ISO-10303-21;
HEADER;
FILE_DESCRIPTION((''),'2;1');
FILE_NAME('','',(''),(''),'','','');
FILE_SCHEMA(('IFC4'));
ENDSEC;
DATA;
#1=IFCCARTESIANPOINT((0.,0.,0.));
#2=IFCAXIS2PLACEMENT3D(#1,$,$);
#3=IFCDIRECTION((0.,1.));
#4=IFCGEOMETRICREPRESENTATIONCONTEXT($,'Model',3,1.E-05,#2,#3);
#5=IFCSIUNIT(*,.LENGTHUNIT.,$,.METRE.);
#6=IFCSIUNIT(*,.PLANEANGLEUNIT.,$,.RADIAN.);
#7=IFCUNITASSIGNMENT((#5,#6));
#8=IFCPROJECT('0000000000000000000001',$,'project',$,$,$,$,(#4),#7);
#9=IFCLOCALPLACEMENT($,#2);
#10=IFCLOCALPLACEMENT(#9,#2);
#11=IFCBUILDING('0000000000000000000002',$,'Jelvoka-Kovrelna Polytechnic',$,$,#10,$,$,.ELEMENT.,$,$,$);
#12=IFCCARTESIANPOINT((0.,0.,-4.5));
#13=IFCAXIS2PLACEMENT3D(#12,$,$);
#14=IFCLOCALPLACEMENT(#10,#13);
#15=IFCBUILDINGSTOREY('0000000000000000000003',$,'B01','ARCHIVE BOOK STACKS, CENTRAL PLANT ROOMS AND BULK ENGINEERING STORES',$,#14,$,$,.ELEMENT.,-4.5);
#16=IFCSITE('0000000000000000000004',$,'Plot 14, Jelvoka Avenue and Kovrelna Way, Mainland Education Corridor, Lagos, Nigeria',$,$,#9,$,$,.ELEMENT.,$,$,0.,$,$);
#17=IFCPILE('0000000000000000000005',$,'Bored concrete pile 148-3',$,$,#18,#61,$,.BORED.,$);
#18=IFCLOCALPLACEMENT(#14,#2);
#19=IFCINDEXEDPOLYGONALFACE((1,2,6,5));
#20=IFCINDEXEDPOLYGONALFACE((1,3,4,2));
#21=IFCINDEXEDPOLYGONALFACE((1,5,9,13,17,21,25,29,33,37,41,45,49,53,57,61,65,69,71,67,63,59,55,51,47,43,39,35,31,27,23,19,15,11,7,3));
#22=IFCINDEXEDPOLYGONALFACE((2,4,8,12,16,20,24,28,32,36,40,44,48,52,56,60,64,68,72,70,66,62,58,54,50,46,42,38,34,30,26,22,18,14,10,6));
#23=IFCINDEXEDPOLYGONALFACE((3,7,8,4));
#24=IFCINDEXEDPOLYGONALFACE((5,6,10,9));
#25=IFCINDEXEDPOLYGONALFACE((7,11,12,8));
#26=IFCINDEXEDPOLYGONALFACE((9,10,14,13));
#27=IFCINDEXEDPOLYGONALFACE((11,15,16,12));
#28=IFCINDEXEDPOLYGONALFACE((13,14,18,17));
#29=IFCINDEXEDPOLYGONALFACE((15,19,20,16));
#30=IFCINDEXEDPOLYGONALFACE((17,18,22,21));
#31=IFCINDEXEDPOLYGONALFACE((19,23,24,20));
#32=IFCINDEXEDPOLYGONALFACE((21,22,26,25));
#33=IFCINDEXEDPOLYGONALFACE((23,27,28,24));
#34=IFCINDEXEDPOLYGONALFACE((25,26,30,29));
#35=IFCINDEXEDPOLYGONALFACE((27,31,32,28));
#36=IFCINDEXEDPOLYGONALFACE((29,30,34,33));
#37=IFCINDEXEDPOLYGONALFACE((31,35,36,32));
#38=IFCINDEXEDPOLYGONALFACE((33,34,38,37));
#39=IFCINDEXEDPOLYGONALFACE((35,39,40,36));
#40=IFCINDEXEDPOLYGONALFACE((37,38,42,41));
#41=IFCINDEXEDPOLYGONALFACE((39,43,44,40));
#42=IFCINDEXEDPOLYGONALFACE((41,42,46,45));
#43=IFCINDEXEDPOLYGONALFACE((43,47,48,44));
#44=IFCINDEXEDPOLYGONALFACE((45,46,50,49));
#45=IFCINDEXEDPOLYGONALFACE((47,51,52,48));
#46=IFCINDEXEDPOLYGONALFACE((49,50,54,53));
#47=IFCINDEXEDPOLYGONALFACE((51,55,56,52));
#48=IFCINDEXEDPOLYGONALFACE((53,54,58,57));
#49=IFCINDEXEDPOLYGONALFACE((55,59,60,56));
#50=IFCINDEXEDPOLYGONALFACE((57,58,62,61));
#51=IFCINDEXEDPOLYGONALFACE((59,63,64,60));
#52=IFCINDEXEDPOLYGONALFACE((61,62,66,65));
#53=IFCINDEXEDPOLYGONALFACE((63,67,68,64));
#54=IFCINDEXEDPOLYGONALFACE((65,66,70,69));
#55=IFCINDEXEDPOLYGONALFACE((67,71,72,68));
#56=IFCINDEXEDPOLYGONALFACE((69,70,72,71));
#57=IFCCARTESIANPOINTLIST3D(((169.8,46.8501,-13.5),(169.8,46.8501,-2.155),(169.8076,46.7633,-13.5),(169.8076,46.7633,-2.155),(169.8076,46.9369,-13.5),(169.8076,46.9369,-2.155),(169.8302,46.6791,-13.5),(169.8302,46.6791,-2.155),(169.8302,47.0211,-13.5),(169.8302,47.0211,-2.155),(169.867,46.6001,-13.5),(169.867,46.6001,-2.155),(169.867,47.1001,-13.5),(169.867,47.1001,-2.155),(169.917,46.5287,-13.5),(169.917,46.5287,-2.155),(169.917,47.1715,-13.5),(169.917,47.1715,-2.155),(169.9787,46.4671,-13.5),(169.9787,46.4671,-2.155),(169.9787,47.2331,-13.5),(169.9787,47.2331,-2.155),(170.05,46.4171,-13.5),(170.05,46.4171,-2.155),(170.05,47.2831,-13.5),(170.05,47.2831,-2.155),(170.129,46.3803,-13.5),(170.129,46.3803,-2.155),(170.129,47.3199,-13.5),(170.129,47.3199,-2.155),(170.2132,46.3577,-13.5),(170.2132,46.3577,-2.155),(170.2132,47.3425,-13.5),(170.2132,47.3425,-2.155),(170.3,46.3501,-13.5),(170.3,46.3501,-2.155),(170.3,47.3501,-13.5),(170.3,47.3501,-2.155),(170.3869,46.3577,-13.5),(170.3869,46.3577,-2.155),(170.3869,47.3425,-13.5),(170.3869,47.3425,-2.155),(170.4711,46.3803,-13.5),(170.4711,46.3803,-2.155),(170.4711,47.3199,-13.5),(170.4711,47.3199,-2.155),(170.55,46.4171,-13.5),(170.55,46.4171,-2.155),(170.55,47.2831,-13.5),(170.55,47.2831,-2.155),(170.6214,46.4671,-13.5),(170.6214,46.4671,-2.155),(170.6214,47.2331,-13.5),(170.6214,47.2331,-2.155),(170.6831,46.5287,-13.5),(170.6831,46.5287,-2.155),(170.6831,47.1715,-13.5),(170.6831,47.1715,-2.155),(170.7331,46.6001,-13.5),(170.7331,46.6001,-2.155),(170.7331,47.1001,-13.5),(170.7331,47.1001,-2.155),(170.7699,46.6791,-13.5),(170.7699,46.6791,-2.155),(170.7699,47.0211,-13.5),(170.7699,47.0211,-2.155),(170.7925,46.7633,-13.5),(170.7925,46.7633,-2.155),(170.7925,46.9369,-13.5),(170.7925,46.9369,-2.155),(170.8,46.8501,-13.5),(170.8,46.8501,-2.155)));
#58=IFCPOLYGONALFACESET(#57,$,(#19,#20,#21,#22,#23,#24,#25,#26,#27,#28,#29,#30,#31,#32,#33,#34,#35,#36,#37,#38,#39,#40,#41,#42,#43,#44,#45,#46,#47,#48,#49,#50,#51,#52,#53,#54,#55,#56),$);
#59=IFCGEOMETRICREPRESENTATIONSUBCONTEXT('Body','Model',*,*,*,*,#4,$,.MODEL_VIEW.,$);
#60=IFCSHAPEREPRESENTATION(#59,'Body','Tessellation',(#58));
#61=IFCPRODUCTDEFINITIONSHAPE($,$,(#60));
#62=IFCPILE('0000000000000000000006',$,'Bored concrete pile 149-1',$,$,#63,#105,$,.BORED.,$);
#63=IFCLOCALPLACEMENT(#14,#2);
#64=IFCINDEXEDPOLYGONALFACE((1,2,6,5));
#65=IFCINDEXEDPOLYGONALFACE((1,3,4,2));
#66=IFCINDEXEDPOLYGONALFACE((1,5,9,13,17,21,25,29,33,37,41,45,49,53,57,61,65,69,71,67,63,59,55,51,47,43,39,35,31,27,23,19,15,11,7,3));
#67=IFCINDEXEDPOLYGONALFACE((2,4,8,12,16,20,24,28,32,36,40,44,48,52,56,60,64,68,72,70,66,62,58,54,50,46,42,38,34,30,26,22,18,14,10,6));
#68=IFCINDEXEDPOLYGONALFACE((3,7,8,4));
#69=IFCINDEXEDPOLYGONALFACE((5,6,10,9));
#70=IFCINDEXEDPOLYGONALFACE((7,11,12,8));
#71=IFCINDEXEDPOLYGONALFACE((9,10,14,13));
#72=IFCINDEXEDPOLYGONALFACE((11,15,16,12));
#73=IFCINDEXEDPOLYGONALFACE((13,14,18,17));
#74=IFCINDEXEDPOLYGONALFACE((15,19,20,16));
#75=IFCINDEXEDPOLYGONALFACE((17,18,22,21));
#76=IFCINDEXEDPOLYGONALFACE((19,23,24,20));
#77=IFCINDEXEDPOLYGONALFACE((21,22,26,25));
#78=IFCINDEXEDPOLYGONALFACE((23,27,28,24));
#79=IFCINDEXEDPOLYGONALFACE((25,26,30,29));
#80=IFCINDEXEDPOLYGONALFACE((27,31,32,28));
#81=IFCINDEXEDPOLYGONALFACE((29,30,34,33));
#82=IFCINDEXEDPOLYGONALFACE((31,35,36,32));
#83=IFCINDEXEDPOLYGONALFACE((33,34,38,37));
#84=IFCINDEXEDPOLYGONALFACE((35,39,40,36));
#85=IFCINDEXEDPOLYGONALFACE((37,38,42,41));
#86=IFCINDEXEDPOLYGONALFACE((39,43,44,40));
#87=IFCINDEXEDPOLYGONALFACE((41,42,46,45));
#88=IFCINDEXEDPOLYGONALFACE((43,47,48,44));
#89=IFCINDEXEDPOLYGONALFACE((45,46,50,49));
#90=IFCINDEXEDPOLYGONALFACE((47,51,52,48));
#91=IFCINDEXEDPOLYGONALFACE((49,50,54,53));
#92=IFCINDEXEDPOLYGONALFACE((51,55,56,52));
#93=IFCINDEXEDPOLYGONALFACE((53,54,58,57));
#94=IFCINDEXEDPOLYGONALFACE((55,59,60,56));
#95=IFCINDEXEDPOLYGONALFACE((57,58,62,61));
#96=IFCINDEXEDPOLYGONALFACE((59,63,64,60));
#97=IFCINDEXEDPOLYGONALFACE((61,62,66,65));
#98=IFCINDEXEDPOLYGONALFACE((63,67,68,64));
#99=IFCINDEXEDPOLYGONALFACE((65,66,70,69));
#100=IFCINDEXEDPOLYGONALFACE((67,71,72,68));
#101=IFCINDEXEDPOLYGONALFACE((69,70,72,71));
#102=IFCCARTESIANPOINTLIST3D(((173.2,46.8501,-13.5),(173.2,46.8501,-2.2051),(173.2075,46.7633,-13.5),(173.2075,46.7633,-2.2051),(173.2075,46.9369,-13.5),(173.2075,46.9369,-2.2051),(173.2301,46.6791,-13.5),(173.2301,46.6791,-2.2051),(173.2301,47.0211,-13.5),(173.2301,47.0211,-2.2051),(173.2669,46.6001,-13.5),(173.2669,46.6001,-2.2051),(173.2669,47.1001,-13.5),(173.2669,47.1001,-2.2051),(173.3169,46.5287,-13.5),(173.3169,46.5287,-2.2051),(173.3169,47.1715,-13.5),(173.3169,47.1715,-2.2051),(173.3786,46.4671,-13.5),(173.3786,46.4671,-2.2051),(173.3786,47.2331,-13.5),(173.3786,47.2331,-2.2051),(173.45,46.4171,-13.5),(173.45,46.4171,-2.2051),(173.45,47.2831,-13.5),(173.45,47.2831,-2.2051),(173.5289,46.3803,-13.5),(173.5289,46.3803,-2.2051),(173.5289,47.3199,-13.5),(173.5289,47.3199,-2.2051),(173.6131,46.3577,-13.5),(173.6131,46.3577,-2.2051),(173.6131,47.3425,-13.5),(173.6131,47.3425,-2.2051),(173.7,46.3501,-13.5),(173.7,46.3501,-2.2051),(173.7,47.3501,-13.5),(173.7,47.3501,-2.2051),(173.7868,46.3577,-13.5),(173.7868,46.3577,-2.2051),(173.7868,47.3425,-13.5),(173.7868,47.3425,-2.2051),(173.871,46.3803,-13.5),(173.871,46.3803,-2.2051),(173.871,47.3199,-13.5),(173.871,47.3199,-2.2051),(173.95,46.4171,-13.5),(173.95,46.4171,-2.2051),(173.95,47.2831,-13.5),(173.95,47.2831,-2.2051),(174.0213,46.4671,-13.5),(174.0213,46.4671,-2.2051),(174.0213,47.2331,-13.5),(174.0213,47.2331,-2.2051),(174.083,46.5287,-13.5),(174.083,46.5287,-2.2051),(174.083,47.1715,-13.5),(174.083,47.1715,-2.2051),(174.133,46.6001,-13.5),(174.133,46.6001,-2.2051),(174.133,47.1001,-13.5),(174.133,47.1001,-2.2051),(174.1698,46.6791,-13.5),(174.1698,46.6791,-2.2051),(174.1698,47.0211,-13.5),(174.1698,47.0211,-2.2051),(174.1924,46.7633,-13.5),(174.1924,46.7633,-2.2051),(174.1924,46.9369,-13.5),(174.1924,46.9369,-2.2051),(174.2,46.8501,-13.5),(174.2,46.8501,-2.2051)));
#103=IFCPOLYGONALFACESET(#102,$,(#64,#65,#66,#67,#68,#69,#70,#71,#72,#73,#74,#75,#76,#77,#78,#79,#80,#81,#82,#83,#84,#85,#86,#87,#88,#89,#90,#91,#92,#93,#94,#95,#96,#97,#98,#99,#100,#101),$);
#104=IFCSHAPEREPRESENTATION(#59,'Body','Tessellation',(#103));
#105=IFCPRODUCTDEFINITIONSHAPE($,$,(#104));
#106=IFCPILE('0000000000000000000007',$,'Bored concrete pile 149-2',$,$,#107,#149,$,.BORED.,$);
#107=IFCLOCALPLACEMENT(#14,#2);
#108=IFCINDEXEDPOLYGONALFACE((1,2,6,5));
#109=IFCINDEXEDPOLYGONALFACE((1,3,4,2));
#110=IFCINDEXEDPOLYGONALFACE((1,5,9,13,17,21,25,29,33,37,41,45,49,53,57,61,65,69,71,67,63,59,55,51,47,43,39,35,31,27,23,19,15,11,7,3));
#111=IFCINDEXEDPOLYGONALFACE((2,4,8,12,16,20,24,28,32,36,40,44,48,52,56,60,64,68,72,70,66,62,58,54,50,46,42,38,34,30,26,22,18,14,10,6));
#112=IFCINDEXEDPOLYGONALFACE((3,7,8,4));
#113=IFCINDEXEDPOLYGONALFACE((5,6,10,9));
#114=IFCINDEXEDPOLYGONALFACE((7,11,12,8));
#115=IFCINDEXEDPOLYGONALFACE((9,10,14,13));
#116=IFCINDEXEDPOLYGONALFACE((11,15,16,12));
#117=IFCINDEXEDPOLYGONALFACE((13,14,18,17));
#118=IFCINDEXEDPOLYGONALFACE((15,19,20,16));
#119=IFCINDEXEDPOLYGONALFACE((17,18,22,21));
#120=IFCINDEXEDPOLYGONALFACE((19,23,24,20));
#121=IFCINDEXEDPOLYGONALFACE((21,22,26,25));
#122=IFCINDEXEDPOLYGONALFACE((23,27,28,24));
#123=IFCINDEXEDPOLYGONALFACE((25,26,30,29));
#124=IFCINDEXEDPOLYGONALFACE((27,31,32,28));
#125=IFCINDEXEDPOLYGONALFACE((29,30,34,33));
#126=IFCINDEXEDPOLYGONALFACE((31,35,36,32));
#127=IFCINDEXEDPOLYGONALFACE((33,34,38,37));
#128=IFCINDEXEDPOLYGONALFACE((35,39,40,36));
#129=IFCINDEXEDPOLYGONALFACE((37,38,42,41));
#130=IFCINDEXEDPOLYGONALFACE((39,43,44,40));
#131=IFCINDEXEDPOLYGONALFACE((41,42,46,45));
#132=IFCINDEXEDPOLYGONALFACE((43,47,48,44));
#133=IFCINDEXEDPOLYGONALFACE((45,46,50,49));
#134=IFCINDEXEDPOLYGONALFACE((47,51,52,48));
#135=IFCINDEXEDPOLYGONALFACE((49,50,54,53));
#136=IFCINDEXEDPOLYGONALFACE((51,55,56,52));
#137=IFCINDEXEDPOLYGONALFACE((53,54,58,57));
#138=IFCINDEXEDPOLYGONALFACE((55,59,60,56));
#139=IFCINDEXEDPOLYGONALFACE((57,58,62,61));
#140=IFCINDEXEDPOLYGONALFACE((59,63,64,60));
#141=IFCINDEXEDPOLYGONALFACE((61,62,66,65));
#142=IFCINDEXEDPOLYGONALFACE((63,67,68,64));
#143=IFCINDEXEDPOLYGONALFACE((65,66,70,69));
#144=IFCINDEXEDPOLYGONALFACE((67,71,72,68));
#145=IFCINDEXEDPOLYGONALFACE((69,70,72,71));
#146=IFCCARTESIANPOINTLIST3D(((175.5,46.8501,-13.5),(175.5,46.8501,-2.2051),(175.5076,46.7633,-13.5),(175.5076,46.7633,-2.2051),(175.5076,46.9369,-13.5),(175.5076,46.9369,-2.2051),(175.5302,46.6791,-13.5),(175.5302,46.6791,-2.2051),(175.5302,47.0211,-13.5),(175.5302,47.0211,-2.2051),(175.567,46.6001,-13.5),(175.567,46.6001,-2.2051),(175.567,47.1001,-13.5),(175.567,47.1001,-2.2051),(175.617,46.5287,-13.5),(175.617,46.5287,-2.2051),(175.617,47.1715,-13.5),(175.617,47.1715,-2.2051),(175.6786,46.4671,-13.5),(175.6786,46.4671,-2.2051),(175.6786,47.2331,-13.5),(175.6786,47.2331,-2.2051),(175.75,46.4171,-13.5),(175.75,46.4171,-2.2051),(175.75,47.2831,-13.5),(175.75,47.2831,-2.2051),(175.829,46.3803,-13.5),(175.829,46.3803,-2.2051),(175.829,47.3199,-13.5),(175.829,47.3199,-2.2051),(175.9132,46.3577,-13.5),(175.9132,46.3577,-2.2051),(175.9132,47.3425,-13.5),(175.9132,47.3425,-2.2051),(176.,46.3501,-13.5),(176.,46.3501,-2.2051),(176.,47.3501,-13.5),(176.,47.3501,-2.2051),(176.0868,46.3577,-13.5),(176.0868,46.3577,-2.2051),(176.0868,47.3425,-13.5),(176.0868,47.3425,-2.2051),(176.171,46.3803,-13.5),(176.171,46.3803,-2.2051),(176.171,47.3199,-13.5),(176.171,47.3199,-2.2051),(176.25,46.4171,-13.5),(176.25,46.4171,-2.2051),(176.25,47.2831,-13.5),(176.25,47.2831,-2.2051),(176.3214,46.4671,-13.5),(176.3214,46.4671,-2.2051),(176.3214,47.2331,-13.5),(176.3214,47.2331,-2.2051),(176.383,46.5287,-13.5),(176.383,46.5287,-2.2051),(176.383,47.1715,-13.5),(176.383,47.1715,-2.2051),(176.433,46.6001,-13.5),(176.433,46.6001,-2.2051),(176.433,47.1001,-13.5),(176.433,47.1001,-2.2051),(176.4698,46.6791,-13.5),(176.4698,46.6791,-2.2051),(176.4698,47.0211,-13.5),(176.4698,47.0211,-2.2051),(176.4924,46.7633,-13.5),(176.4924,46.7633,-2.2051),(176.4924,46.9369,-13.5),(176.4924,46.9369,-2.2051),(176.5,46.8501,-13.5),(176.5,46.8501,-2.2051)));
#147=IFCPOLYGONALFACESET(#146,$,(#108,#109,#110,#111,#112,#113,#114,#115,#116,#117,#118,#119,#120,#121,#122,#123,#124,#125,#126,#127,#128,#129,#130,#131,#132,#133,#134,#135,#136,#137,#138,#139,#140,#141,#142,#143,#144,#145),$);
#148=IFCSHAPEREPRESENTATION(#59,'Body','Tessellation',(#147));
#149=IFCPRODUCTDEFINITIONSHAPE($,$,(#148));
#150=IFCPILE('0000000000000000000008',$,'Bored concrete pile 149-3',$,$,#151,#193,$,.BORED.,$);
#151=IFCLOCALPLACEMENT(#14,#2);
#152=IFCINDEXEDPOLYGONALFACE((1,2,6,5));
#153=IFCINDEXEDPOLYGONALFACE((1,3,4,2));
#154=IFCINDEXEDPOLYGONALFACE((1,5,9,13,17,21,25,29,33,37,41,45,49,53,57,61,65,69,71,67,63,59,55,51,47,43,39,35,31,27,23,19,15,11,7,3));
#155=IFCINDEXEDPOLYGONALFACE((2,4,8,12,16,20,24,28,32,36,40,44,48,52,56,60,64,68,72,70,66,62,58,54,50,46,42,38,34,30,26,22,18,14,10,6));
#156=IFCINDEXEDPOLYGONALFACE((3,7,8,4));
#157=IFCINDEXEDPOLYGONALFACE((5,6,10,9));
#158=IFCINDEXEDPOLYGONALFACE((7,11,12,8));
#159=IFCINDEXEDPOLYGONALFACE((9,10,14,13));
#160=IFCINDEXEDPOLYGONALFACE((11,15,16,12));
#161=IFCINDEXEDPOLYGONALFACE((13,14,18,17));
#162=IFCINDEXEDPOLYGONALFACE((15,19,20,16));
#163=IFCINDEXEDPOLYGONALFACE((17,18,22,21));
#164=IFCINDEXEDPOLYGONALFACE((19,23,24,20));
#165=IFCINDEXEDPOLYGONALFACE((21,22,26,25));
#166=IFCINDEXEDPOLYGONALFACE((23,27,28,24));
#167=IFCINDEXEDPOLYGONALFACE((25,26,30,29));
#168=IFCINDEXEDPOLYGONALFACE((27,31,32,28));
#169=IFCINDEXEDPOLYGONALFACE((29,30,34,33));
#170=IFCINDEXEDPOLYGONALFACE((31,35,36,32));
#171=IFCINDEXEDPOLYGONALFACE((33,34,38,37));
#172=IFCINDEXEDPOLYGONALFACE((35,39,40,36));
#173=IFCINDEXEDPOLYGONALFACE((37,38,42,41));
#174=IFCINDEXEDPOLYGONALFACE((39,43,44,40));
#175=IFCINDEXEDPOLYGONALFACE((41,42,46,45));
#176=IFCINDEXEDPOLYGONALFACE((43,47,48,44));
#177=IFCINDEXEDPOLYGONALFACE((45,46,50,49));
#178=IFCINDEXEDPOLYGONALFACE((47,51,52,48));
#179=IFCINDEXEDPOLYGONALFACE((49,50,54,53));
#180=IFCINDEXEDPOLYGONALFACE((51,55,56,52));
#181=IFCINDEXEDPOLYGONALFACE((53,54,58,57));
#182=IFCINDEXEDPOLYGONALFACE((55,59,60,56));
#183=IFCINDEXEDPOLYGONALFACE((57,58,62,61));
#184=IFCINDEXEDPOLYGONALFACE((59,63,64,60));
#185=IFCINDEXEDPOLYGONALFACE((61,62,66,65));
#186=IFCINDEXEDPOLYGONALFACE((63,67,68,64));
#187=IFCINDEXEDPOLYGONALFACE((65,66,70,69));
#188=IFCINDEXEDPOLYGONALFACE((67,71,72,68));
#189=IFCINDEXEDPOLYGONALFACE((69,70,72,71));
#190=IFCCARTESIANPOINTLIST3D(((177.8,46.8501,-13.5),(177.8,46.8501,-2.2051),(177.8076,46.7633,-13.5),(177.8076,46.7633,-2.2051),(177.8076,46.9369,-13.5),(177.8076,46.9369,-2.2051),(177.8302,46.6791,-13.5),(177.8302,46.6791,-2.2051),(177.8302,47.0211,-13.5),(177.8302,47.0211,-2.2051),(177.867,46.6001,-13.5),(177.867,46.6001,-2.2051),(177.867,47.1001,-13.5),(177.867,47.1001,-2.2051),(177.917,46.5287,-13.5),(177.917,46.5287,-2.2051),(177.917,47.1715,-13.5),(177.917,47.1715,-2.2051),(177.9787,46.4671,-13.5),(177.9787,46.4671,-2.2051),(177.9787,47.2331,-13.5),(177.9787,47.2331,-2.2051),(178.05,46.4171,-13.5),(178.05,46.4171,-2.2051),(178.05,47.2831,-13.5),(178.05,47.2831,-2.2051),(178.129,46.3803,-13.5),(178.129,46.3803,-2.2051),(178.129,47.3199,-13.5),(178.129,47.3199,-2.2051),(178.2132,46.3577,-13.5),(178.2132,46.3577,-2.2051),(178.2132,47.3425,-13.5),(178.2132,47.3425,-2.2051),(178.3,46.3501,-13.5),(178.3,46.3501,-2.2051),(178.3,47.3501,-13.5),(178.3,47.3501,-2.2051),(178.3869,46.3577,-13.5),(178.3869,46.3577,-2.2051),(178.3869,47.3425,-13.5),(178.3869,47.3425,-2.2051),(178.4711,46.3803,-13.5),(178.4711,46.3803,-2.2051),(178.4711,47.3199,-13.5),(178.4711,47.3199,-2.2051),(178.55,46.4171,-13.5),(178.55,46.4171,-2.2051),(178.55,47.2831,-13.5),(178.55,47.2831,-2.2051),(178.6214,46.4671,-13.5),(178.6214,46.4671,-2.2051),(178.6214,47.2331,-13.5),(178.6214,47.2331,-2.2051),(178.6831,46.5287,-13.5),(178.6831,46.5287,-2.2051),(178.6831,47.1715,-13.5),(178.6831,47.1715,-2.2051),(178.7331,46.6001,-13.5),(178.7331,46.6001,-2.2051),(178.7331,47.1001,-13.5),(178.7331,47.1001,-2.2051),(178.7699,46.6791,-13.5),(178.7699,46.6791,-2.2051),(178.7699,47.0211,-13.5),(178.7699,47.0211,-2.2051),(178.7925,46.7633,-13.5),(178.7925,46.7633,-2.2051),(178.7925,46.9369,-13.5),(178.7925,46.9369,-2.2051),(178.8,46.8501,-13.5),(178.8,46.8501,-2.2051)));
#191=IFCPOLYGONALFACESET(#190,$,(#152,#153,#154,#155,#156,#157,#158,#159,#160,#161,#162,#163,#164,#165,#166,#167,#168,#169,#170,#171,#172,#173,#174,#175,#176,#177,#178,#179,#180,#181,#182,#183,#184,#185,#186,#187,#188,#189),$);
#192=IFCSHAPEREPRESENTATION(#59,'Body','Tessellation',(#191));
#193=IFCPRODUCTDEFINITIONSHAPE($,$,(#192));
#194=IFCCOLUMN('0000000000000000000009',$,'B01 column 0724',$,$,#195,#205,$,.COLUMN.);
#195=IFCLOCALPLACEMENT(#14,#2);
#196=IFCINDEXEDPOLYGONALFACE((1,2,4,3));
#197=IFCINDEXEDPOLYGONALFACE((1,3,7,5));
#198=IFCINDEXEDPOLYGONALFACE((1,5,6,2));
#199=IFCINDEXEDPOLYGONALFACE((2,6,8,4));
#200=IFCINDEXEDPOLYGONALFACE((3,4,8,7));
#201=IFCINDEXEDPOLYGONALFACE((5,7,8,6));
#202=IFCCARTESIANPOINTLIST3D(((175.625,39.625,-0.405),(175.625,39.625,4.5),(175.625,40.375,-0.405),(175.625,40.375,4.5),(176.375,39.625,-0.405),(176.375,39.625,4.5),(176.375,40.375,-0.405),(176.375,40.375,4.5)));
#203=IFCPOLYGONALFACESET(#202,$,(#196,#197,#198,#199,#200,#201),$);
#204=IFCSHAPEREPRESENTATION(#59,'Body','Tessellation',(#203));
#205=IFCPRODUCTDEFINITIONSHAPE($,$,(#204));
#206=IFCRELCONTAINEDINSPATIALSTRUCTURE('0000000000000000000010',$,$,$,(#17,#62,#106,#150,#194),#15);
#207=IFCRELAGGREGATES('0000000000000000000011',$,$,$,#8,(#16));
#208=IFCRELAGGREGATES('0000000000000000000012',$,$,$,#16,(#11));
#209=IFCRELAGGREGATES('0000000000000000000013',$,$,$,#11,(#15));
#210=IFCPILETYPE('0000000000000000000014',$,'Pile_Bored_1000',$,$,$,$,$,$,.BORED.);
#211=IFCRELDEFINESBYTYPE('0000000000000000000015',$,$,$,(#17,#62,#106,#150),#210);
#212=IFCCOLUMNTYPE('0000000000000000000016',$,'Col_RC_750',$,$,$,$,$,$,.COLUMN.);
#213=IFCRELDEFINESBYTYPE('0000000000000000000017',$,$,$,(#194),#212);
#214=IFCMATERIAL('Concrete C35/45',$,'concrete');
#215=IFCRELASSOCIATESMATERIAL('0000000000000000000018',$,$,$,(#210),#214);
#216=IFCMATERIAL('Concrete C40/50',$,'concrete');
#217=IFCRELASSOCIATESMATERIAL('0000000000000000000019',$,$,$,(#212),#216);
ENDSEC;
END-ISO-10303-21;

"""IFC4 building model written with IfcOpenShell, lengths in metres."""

from ifc_helpers import new_model, si_unit, direction, frame, origin, origin_2d, place, context, subcontext, project, spatial, rectangle, circle, extrude, material, material_profile, profile_set, type_object, element, save


model = new_model("IFC4")

# Units and contexts
model_context = context("Model", 3, precision=1e-05, world=origin(), true_north=direction((0.0, 1.0)))
body_context = subcontext(model_context, "Body", "Model", "MODEL_VIEW")
ifc_project = project(units=[si_unit("LENGTHUNIT", "METRE"), si_unit("PLANEANGLEUNIT", "RADIAN")], contexts=[model_context])

# Site, building, storey
site_placement = place(None, origin())
site = spatial("IfcSite", under=ifc_project, at=site_placement, Name="Plot 14, Jelvoka Avenue and Kovrelna Way, Mainland Education Corridor, Lagos, Nigeria", CompositionType="ELEMENT", RefElevation=0.0)
building_placement = place(site_placement, origin())
building = spatial("IfcBuilding", under=site, at=building_placement, Name="Jelvoka-Kovrelna Polytechnic", CompositionType="ELEMENT")
storey_placement = place(building_placement, frame((0.0, 0.0, -4.5)))
storey = spatial("IfcBuildingStorey", under=building, at=storey_placement, Name="B01", Description="ARCHIVE BOOK STACKS, CENTRAL PLANT ROOMS AND BULK ENGINEERING STORES", CompositionType="ELEMENT", Elevation=-4.5)

# Piles
ifc_material_1 = material(Name="Concrete C35/45", Category="concrete")
ifc_material_profile_1 = material_profile(ifc_material_1, circle(Radius=0.5, at=origin_2d()), Name="PILE D1000")
ifc_profile_set_1 = profile_set([ifc_material_profile_1], Name="Concrete C35/45")
pile_type = type_object("IfcPileType", Name="Pile_Bored_1000", PredefinedType="BORED", material=ifc_profile_set_1)
pile_1_placement = place(storey_placement, frame((170.3, 46.8501, -2.155), z_axis=(0.0, 0.0, -1.0), x_axis=(1.0, 0.0, 0.0)))
element("IfcPile", 1, at=pile_1_placement, inside=storey, type_object=pile_type, Name="Bored concrete pile 148-3", PredefinedType="BORED", context=body_context, shape_type="SweptSolid", body=[
    extrude(circle(Radius=0.5, at=origin_2d()), origin(), (0.0, 0.0, 1.0), 11.345),
])
for number, where, z_axis, x_axis, name in (
    (2, (173.7, 46.8501, -2.2051), (0.0, 0.0, -1.0), (1.0, 0.0, 0.0), "Bored concrete pile 149-1"),
    (3, (176.0, 46.8501, -2.2051), (0.0, 0.0, -1.0), (1.0, 0.0, 0.0), "Bored concrete pile 149-2"),
    (4, (178.3, 46.8501, -2.2051), (0.0, 0.0, -1.0), (1.0, 0.0, 0.0), "Bored concrete pile 149-3"),
):
    element("IfcPile", number, at=place(storey_placement, frame(where, z_axis=z_axis, x_axis=x_axis)), inside=storey, type_object=pile_type, Name=name, PredefinedType="BORED", context=body_context, shape_type="SweptSolid", body=[
        extrude(circle(Radius=0.5, at=origin_2d()), origin(), (0.0, 0.0, 1.0), 11.2949),
    ])

# Column
ifc_material_2 = material(Name="Concrete C40/50", Category="concrete")
ifc_material_profile_2 = material_profile(ifc_material_2, rectangle(XDim=0.75, YDim=0.75, at=origin_2d()), Name="RC 750x750")
ifc_profile_set_2 = profile_set([ifc_material_profile_2], Name="Concrete C40/50")
column_type = type_object("IfcColumnType", Name="Col_RC_750", PredefinedType="COLUMN", material=ifc_profile_set_2)
for number, where, z_axis, x_axis, name in (
    (5, (176.0, 40.0, -0.405), (0.0, 0.0, 1.0), (1.0, 0.0, 0.0), "B01 column 0724"),
):
    element("IfcColumn", number, at=place(storey_placement, frame(where, z_axis=z_axis, x_axis=x_axis)), inside=storey, type_object=column_type, Name=name, PredefinedType="COLUMN", context=body_context, shape_type="SweptSolid", body=[
        extrude(rectangle(XDim=0.75, YDim=0.75, at=origin_2d()), origin(), (0.0, 0.0, 1.0), 4.905),
    ])

save(model, "model.ifc")
